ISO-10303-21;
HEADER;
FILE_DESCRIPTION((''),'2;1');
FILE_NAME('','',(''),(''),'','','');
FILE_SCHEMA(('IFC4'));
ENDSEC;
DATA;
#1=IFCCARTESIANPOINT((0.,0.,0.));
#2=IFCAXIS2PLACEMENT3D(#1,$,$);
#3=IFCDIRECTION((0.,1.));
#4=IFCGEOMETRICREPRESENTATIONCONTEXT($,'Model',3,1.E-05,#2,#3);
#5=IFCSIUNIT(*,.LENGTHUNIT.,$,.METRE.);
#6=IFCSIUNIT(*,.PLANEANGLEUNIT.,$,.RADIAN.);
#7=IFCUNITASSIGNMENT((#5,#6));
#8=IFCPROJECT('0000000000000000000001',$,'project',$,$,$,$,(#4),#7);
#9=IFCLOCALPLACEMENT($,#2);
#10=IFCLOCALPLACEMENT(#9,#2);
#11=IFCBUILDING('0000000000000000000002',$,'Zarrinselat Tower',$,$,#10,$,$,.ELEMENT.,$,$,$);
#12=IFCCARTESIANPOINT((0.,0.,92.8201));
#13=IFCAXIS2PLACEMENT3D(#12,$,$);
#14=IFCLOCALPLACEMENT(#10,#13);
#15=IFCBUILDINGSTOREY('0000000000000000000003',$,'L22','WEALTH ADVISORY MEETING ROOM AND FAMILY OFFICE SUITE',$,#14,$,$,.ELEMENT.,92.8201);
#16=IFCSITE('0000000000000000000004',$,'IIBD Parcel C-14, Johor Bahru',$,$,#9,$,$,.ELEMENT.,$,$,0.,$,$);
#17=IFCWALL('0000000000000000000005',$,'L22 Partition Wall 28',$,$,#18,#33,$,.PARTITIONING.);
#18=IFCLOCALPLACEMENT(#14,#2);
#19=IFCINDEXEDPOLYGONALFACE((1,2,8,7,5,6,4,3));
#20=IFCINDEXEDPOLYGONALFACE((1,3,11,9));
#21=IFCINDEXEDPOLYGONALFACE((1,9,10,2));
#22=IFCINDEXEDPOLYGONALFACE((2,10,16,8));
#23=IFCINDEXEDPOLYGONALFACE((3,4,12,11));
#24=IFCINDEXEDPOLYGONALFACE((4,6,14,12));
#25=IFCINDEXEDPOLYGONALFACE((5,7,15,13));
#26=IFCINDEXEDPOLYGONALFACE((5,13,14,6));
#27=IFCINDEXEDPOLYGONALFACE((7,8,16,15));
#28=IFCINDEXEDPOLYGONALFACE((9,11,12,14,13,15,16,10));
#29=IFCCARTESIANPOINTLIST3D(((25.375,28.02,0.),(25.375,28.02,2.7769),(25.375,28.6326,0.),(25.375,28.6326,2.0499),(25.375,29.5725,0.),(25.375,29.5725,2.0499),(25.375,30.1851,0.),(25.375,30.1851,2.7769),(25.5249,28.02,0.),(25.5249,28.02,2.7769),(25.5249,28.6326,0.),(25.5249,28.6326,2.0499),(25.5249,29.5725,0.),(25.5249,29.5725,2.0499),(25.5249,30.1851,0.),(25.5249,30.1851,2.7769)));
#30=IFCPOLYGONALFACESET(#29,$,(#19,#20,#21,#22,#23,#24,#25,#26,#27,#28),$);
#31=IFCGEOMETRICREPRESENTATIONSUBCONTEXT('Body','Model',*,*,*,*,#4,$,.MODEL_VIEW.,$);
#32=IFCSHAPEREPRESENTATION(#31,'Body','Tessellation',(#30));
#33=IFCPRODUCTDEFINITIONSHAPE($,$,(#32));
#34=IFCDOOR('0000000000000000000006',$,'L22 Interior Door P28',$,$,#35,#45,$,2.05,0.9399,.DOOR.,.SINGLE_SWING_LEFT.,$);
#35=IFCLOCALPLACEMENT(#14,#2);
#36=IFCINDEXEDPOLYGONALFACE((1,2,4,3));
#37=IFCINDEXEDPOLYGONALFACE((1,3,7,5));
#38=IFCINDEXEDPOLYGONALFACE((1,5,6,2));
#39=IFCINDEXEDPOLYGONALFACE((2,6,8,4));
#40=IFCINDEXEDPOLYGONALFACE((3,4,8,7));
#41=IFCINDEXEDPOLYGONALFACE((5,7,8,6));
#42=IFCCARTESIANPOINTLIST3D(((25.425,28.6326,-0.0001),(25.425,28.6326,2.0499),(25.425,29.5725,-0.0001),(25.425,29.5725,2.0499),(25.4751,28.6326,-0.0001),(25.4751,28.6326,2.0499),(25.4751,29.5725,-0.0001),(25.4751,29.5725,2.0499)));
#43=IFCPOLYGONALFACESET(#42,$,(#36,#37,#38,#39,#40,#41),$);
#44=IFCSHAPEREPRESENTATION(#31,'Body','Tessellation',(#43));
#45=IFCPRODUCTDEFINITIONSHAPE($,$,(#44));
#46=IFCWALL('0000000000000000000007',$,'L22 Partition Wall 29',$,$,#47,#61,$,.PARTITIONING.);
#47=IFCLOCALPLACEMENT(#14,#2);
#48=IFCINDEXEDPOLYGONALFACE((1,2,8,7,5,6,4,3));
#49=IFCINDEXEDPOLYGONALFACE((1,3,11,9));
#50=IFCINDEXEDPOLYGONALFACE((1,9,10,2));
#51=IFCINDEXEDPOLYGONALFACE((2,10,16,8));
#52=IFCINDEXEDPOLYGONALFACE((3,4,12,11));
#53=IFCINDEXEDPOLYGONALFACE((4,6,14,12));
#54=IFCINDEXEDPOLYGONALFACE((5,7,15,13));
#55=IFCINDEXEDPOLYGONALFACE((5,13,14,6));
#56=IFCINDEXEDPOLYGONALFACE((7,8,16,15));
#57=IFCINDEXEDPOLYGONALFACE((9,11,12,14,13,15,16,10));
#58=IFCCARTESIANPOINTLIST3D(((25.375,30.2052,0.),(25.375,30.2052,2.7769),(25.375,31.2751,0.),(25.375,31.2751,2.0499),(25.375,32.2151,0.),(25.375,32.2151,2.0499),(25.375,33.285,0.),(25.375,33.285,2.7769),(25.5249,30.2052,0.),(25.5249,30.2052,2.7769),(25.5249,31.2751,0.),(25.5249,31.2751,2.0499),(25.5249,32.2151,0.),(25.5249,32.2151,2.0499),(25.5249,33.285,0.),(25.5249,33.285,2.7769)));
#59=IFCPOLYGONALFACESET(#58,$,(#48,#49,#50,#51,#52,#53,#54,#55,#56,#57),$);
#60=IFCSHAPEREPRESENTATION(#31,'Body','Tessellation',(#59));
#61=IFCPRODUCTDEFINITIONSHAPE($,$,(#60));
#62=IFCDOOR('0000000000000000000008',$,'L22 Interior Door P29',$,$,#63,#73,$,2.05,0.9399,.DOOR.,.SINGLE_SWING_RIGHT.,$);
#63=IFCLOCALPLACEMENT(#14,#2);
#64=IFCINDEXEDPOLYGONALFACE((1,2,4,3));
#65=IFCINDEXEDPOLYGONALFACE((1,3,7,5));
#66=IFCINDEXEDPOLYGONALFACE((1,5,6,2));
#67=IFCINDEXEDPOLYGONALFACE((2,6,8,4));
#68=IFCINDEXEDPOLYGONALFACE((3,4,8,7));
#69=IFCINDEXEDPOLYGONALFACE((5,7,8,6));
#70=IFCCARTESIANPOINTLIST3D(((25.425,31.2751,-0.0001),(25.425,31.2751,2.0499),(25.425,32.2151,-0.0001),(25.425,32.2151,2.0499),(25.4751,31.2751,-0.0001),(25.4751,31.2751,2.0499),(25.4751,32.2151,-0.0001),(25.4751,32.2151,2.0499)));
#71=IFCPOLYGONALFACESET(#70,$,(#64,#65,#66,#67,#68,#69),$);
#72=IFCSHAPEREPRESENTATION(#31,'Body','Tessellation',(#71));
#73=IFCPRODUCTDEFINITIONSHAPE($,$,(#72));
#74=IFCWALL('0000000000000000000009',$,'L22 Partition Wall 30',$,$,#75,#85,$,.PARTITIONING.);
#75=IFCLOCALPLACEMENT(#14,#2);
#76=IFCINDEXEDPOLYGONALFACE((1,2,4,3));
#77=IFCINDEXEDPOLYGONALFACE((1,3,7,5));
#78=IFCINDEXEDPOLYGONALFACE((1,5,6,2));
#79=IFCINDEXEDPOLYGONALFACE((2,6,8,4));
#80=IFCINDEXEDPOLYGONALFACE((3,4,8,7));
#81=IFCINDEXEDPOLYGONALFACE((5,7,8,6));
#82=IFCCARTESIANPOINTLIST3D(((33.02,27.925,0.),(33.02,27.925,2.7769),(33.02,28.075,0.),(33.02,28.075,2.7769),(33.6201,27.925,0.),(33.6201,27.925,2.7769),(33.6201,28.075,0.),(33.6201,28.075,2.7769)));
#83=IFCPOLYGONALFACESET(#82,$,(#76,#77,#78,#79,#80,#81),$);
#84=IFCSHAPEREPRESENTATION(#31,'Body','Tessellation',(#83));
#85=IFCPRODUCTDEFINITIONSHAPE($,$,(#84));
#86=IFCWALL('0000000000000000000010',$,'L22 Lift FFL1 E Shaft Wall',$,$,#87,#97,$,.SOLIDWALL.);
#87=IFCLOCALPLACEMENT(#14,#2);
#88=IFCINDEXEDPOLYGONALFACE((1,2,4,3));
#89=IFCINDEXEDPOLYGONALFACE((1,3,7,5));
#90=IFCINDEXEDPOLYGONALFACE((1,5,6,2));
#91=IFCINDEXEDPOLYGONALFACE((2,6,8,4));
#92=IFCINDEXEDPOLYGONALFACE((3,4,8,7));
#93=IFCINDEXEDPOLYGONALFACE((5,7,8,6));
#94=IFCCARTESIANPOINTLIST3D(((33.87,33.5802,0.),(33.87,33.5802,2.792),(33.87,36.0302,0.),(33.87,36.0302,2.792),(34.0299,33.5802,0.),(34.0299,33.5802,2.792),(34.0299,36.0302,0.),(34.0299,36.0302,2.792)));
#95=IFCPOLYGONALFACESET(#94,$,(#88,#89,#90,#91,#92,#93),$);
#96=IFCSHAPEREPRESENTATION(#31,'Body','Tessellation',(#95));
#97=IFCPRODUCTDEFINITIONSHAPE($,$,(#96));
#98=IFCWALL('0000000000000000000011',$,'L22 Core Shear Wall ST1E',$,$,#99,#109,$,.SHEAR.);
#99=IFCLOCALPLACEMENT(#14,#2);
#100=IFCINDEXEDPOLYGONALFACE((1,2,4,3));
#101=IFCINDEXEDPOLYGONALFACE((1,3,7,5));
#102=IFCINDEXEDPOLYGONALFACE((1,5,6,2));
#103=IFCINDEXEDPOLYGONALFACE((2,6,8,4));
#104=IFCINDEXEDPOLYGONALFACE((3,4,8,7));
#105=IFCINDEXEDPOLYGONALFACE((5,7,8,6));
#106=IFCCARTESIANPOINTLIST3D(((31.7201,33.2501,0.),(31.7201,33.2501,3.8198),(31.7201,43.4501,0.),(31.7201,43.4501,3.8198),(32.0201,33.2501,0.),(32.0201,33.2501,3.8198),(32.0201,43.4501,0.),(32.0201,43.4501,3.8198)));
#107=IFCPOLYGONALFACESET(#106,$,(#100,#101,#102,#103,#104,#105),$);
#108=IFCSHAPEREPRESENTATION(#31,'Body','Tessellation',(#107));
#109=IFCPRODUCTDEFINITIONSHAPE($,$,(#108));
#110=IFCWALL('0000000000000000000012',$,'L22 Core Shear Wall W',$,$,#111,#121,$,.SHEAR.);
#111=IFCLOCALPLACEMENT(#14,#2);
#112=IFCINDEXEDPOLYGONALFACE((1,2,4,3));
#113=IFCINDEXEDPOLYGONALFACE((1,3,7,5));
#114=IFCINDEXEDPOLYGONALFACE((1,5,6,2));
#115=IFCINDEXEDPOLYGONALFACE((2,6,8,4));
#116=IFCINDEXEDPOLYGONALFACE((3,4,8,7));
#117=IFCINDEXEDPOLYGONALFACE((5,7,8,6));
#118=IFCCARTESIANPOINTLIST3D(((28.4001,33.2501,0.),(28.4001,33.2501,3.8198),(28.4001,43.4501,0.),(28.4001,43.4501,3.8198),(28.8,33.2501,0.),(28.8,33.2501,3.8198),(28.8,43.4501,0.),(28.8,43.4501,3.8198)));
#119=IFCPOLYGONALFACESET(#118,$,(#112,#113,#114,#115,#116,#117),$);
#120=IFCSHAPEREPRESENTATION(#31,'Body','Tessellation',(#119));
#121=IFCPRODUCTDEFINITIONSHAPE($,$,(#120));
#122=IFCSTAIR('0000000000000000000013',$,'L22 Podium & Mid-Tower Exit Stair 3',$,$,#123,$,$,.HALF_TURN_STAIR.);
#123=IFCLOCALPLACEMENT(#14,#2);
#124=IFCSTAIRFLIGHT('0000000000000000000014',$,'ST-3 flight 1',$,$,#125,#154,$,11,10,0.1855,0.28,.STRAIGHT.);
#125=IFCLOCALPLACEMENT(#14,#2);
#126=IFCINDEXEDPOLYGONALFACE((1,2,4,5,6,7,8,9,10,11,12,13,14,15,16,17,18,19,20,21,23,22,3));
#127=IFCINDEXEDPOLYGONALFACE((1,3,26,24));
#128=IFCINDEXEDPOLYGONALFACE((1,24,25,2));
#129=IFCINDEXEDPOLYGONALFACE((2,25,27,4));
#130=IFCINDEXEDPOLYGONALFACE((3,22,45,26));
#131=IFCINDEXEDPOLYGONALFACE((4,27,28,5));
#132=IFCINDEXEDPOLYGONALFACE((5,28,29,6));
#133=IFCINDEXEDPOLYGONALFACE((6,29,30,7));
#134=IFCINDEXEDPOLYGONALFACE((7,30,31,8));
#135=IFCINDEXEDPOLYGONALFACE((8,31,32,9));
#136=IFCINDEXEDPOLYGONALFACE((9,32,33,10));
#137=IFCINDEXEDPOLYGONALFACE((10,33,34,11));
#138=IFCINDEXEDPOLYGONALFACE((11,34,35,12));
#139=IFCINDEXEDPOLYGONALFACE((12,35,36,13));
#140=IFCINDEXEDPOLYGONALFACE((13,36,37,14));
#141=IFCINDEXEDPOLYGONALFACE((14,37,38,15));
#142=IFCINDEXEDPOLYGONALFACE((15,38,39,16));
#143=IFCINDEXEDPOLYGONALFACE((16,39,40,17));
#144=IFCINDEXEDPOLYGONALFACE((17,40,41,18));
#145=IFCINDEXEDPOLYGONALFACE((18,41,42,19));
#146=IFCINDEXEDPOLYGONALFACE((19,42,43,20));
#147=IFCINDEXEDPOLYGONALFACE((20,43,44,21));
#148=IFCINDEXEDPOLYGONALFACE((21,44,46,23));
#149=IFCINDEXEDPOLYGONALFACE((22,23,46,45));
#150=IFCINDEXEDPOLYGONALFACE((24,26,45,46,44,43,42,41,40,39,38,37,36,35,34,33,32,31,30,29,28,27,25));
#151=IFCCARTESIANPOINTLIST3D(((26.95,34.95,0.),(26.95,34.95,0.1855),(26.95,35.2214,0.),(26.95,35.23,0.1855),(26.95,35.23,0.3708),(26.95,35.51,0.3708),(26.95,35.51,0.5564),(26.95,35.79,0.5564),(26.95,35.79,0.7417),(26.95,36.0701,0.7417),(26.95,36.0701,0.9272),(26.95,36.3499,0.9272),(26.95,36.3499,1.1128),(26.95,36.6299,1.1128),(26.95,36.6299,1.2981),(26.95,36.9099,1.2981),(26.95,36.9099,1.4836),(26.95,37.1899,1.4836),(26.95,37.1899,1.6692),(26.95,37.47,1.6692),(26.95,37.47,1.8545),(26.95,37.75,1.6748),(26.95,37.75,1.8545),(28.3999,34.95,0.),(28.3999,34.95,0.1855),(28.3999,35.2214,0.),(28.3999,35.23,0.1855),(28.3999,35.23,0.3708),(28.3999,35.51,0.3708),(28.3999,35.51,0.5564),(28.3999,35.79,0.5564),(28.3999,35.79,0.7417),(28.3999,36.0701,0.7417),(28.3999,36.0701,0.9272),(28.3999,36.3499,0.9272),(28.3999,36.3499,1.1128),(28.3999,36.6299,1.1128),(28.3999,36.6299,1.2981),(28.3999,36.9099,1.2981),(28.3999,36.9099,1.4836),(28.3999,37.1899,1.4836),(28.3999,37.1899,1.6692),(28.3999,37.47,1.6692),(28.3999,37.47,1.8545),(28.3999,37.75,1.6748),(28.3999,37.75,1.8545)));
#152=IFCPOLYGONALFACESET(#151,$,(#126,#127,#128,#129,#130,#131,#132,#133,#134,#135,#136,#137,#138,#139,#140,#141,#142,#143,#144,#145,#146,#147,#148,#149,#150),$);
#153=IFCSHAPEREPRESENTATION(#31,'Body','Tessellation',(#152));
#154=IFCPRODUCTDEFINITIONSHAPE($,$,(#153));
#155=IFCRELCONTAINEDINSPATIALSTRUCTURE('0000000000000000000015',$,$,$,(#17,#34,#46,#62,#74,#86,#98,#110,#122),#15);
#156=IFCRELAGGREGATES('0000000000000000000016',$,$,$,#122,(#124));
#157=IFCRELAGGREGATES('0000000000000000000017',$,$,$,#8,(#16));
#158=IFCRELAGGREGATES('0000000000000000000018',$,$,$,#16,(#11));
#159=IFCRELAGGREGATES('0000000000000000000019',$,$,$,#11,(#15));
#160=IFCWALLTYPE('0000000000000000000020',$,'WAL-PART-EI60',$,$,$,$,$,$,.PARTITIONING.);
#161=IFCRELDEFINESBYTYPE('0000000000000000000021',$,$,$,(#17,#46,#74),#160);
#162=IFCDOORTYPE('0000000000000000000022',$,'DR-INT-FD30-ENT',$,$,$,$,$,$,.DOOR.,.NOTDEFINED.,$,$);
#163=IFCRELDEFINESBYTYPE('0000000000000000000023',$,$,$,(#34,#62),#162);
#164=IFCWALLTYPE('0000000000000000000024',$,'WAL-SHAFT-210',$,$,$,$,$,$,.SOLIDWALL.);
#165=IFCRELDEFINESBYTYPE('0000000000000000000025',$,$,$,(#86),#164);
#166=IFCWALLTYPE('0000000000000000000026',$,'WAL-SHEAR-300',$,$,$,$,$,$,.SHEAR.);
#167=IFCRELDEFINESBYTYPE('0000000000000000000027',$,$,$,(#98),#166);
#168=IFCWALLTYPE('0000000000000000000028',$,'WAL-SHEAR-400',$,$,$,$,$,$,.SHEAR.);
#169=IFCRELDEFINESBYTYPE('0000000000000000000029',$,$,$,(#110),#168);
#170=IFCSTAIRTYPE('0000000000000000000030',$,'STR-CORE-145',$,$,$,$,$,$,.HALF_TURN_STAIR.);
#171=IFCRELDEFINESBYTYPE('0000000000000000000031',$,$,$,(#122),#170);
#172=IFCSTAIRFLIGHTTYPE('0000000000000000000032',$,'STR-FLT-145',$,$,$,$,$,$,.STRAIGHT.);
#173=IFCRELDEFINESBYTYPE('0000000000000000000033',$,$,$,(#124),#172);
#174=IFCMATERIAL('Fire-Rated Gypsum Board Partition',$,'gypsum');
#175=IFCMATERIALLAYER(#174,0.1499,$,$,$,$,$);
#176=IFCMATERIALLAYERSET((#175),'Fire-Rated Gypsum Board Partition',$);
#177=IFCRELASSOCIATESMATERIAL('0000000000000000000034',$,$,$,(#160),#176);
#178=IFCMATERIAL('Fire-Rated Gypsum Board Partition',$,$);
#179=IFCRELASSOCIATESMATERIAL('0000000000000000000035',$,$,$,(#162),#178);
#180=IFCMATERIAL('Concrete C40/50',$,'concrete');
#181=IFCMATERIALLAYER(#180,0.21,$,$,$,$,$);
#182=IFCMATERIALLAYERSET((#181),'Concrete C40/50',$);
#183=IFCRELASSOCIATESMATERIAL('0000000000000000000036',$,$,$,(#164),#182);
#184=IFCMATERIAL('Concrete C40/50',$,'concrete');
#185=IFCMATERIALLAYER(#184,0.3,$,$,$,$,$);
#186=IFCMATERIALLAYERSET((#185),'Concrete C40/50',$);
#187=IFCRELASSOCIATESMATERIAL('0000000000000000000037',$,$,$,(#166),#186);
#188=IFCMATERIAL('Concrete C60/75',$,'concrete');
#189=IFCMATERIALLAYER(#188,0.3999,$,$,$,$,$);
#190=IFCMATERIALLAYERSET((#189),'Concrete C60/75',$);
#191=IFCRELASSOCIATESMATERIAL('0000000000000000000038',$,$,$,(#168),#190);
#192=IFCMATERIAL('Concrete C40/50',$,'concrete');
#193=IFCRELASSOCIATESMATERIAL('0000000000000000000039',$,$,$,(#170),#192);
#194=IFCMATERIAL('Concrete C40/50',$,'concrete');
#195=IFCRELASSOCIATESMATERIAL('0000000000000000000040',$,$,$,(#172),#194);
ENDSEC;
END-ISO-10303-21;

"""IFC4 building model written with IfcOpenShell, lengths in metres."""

from ifc_helpers import new_model, si_unit, direction, frame, frame_2d, origin, place, context, subcontext, project, spatial, polyline, rectangle, outline, extrude, material, layer, layer_set, type_object, element, fill, aggregate, save


model = new_model("IFC4")

# Units and contexts
model_context = context("Model", 3, precision=1e-05, world=origin(), true_north=direction((0.0, 1.0)))
body_context = subcontext(model_context, "Body", "Model", "MODEL_VIEW")
ifc_project = project(units=[si_unit("LENGTHUNIT", "METRE"), si_unit("PLANEANGLEUNIT", "RADIAN")], contexts=[model_context])

# Site, building, storey
site_placement = place(None, origin())
site = spatial("IfcSite", under=ifc_project, at=site_placement, Name="IIBD Parcel C-14, Johor Bahru", CompositionType="ELEMENT", RefElevation=0.0)
building_placement = place(site_placement, origin())
building = spatial("IfcBuilding", under=site, at=building_placement, Name="Zarrinselat Tower", CompositionType="ELEMENT")
storey_placement = place(building_placement, frame((0.0, 0.0, 92.8201)))
storey = spatial("IfcBuildingStorey", under=building, at=storey_placement, Name="L22", Description="WEALTH ADVISORY MEETING ROOM AND FAMILY OFFICE SUITE", CompositionType="ELEMENT", Elevation=92.8201)

# Shared definitions
ifc_material_1 = material(Name="Fire-Rated Gypsum Board Partition", Category="gypsum")
ifc_layer_1 = layer(ifc_material_1, 0.1499)
ifc_layer_set_1 = layer_set([ifc_layer_1], Name="Fire-Rated Gypsum Board Partition")
wall_type_1 = type_object("IfcWallType", Name="WAL-PART-EI60", PredefinedType="PARTITIONING", material=ifc_layer_set_1)
ifc_material_2 = material(Name="Fire-Rated Gypsum Board Partition")
door_type_1 = type_object("IfcDoorType", Name="DR-INT-FD30-ENT", OperationType="NOTDEFINED", PredefinedType="DOOR", material=ifc_material_2)

# Walls, openings, doors
wall_1_placement = place(storey_placement, frame((25.45, 28.02, 0.0), z_axis=(0.0, 0.0, 1.0), x_axis=(0.0, 1.0, 0.0)))
wall_1 = element("IfcWall", 1, at=wall_1_placement, inside=storey, type_object=wall_type_1, Name="L22 Partition Wall 28", PredefinedType="PARTITIONING", context=body_context, shape_type="SweptSolid", body=[
    extrude(rectangle(XDim=2.165, YDim=0.1499, at=frame_2d((1.0825, 0.0))), origin(), (0.0, 0.0, 1.0), 2.7769),
])
opening_1_placement = place(wall_1_placement, frame((0.6125, 0.0, 0.0)))
opening_1 = element("IfcOpeningElement", 2, at=opening_1_placement, cuts=wall_1, PredefinedType="OPENING", context=body_context, shape_type="SweptSolid", body=[
    extrude(rectangle(XDim=0.9399, YDim=2.05, at=frame_2d((0.47, 1.0249))), frame((0.0, 0.085, 0.0), z_axis=(0.0, -1.0, 0.0), x_axis=(1.0, 0.0, 0.0)), (0.0, 0.0, 1.0), 0.1699),
])
door_1_placement = place(opening_1_placement, origin())
door_1 = element("IfcDoor", 3, at=door_1_placement, inside=storey, type_object=door_type_1, Name="L22 Interior Door P28", OperationType="SINGLE_SWING_LEFT", OverallHeight=2.05, OverallWidth=0.9399, PredefinedType="DOOR", context=body_context, shape_type="SweptSolid", body=[
    extrude(rectangle(XDim=0.9399, YDim=2.05, at=frame_2d((0.47, 1.0249))), frame((0.0, 0.0249, 0.0), z_axis=(0.0, -1.0, 0.0), x_axis=(1.0, 0.0, 0.0)), (0.0, 0.0, 1.0), 0.05),
])
fill(opening_1, door_1)
wall_2_placement = place(storey_placement, frame((25.45, 30.2051, 0.0), z_axis=(0.0, 0.0, 1.0), x_axis=(0.0, 1.0, 0.0)))
wall_2 = element("IfcWall", 4, at=wall_2_placement, inside=storey, type_object=wall_type_1, Name="L22 Partition Wall 29", PredefinedType="PARTITIONING", context=body_context, shape_type="SweptSolid", body=[
    extrude(rectangle(XDim=3.0798, YDim=0.1499, at=frame_2d((1.54, 0.0))), origin(), (0.0, 0.0, 1.0), 2.7769),
])
opening_2_placement = place(wall_2_placement, frame((1.0701, 0.0, 0.0)))
opening_2 = element("IfcOpeningElement", 5, at=opening_2_placement, cuts=wall_2, PredefinedType="OPENING", context=body_context, shape_type="SweptSolid", body=[
    extrude(rectangle(XDim=0.9399, YDim=2.05, at=frame_2d((0.47, 1.0249))), frame((0.0, 0.085, 0.0), z_axis=(0.0, -1.0, 0.0), x_axis=(1.0, 0.0, 0.0)), (0.0, 0.0, 1.0), 0.1699),
])
door_2_placement = place(opening_2_placement, origin())
door_2 = element("IfcDoor", 6, at=door_2_placement, inside=storey, type_object=door_type_1, Name="L22 Interior Door P29", OperationType="SINGLE_SWING_RIGHT", OverallHeight=2.05, OverallWidth=0.9399, PredefinedType="DOOR", context=body_context, shape_type="SweptSolid", body=[
    extrude(rectangle(XDim=0.9399, YDim=2.05, at=frame_2d((0.47, 1.0249))), frame((0.0, 0.0249, 0.0), z_axis=(0.0, -1.0, 0.0), x_axis=(1.0, 0.0, 0.0)), (0.0, 0.0, 1.0), 0.05),
])
fill(opening_2, door_2)

# Walls
wall_3_placement = place(storey_placement, frame((33.02, 28.0, 0.0), z_axis=(0.0, 0.0, 1.0), x_axis=(1.0, 0.0, 0.0)))
element("IfcWall", 7, at=wall_3_placement, inside=storey, type_object=wall_type_1, Name="L22 Partition Wall 30", PredefinedType="PARTITIONING", context=body_context, shape_type="SweptSolid", body=[
    extrude(rectangle(XDim=0.6001, YDim=0.1499, at=frame_2d((0.3, 0.0))), origin(), (0.0, 0.0, 1.0), 2.7769),
])
ifc_material_3 = material(Name="Concrete C40/50", Category="concrete")
ifc_layer_2 = layer(ifc_material_3, 0.21)
ifc_layer_set_2 = layer_set([ifc_layer_2], Name="Concrete C40/50")
wall_type_2 = type_object("IfcWallType", Name="WAL-SHAFT-210", PredefinedType="SOLIDWALL", material=ifc_layer_set_2)
wall_4_placement = place(storey_placement, frame((33.95, 33.5801, 0.0), z_axis=(0.0, 0.0, 1.0), x_axis=(0.0, 1.0, 0.0)))
element("IfcWall", 8, at=wall_4_placement, inside=storey, type_object=wall_type_2, Name="L22 Lift FFL1 E Shaft Wall", PredefinedType="SOLIDWALL", context=body_context, shape_type="SweptSolid", body=[
    extrude(rectangle(XDim=2.45, YDim=0.1599, at=frame_2d((1.2251, 0.0))), origin(), (0.0, 0.0, 1.0), 2.792),
])
ifc_material_4 = material(Name="Concrete C40/50", Category="concrete")
ifc_layer_3 = layer(ifc_material_4, 0.3)
ifc_layer_set_3 = layer_set([ifc_layer_3], Name="Concrete C40/50")
wall_type_3 = type_object("IfcWallType", Name="WAL-SHEAR-300", PredefinedType="SHEAR", material=ifc_layer_set_3)
wall_5_placement = place(storey_placement, frame((31.8701, 33.25, 0.0), z_axis=(0.0, 0.0, 1.0), x_axis=(0.0, 1.0, 0.0)))
element("IfcWall", 9, at=wall_5_placement, inside=storey, type_object=wall_type_3, Name="L22 Core Shear Wall ST1E", PredefinedType="SHEAR", context=body_context, shape_type="SweptSolid", body=[
    extrude(rectangle(XDim=10.2, YDim=0.3, at=frame_2d((5.1001, 0.0))), origin(), (0.0, 0.0, 1.0), 3.8198),
])

# Shared definitions
ifc_material_5 = material(Name="Concrete C60/75", Category="concrete")
ifc_layer_4 = layer(ifc_material_5, 0.3999)
ifc_layer_set_4 = layer_set([ifc_layer_4], Name="Concrete C60/75")
wall_type_4 = type_object("IfcWallType", Name="WAL-SHEAR-400", PredefinedType="SHEAR", material=ifc_layer_set_4)

# Wall
wall_6_placement = place(storey_placement, frame((28.6001, 33.25, 0.0), z_axis=(0.0, 0.0, 1.0), x_axis=(0.0, 1.0, 0.0)))
element("IfcWall", 10, at=wall_6_placement, inside=storey, type_object=wall_type_4, Name="L22 Core Shear Wall W", PredefinedType="SHEAR", context=body_context, shape_type="SweptSolid", body=[
    extrude(rectangle(XDim=10.2, YDim=0.3999, at=frame_2d((5.1001, 0.0))), origin(), (0.0, 0.0, 1.0), 3.8198),
])

# Stair, stair flight
ifc_material_6 = material(Name="Concrete C40/50", Category="concrete")
stair_type = type_object("IfcStairType", Name="STR-CORE-145", PredefinedType="HALF_TURN_STAIR", material=ifc_material_6)
stair_placement = place(storey_placement, origin())
stair = element("IfcStair", 11, at=stair_placement, inside=storey, type_object=stair_type, Name="L22 Podium & Mid-Tower Exit Stair 3", PredefinedType="HALF_TURN_STAIR")
ifc_material_7 = material(Name="Concrete C40/50", Category="concrete")
stair_flight_type = type_object("IfcStairFlightType", Name="STR-FLT-145", PredefinedType="STRAIGHT", material=ifc_material_7)
stair_flight_placement = place(storey_placement, frame((27.675, 34.95, 0.0), z_axis=(0.0, 0.0, 1.0), x_axis=(0.0, 1.0, 0.0)))
stair_flight = element("IfcStairFlight", 12, at=stair_flight_placement, type_object=stair_flight_type, Name="ST-3 flight 1", NumberOfRisers=11, NumberOfTreads=10, PredefinedType="STRAIGHT", RiserHeight=0.1855, TreadLength=0.28, context=body_context, shape_type="SweptSolid", body=[
    extrude(outline(polyline([(0.0, 0.0), (0.0, 0.1855), (0.28, 0.1855), (0.28, 0.3708), (0.5601, 0.3708), (0.5601, 0.5564), (0.8401, 0.5564), (0.8401, 0.7417), (1.1201, 0.7417), (1.1201, 0.9272), (1.3999, 0.9272), (1.3999, 1.1128), (1.6799, 1.1128), (1.6799, 1.2981), (1.96, 1.2981), (1.96, 1.4836), (2.24, 1.4836), (2.24, 1.6692), (2.52, 1.6692), (2.52, 1.8545), (2.8, 1.8545), (2.8, 2.04), (2.8, 1.6748), (0.2715, 0.0), (0.0, 0.0)])), frame((0.0, 0.7251, 0.0), z_axis=(0.0, -1.0, 0.0), x_axis=(1.0, 0.0, 0.0)), (0.0, 0.0, 1.0), 1.45),
])
aggregate(stair, [stair_flight])

save(model, "model.ifc")
